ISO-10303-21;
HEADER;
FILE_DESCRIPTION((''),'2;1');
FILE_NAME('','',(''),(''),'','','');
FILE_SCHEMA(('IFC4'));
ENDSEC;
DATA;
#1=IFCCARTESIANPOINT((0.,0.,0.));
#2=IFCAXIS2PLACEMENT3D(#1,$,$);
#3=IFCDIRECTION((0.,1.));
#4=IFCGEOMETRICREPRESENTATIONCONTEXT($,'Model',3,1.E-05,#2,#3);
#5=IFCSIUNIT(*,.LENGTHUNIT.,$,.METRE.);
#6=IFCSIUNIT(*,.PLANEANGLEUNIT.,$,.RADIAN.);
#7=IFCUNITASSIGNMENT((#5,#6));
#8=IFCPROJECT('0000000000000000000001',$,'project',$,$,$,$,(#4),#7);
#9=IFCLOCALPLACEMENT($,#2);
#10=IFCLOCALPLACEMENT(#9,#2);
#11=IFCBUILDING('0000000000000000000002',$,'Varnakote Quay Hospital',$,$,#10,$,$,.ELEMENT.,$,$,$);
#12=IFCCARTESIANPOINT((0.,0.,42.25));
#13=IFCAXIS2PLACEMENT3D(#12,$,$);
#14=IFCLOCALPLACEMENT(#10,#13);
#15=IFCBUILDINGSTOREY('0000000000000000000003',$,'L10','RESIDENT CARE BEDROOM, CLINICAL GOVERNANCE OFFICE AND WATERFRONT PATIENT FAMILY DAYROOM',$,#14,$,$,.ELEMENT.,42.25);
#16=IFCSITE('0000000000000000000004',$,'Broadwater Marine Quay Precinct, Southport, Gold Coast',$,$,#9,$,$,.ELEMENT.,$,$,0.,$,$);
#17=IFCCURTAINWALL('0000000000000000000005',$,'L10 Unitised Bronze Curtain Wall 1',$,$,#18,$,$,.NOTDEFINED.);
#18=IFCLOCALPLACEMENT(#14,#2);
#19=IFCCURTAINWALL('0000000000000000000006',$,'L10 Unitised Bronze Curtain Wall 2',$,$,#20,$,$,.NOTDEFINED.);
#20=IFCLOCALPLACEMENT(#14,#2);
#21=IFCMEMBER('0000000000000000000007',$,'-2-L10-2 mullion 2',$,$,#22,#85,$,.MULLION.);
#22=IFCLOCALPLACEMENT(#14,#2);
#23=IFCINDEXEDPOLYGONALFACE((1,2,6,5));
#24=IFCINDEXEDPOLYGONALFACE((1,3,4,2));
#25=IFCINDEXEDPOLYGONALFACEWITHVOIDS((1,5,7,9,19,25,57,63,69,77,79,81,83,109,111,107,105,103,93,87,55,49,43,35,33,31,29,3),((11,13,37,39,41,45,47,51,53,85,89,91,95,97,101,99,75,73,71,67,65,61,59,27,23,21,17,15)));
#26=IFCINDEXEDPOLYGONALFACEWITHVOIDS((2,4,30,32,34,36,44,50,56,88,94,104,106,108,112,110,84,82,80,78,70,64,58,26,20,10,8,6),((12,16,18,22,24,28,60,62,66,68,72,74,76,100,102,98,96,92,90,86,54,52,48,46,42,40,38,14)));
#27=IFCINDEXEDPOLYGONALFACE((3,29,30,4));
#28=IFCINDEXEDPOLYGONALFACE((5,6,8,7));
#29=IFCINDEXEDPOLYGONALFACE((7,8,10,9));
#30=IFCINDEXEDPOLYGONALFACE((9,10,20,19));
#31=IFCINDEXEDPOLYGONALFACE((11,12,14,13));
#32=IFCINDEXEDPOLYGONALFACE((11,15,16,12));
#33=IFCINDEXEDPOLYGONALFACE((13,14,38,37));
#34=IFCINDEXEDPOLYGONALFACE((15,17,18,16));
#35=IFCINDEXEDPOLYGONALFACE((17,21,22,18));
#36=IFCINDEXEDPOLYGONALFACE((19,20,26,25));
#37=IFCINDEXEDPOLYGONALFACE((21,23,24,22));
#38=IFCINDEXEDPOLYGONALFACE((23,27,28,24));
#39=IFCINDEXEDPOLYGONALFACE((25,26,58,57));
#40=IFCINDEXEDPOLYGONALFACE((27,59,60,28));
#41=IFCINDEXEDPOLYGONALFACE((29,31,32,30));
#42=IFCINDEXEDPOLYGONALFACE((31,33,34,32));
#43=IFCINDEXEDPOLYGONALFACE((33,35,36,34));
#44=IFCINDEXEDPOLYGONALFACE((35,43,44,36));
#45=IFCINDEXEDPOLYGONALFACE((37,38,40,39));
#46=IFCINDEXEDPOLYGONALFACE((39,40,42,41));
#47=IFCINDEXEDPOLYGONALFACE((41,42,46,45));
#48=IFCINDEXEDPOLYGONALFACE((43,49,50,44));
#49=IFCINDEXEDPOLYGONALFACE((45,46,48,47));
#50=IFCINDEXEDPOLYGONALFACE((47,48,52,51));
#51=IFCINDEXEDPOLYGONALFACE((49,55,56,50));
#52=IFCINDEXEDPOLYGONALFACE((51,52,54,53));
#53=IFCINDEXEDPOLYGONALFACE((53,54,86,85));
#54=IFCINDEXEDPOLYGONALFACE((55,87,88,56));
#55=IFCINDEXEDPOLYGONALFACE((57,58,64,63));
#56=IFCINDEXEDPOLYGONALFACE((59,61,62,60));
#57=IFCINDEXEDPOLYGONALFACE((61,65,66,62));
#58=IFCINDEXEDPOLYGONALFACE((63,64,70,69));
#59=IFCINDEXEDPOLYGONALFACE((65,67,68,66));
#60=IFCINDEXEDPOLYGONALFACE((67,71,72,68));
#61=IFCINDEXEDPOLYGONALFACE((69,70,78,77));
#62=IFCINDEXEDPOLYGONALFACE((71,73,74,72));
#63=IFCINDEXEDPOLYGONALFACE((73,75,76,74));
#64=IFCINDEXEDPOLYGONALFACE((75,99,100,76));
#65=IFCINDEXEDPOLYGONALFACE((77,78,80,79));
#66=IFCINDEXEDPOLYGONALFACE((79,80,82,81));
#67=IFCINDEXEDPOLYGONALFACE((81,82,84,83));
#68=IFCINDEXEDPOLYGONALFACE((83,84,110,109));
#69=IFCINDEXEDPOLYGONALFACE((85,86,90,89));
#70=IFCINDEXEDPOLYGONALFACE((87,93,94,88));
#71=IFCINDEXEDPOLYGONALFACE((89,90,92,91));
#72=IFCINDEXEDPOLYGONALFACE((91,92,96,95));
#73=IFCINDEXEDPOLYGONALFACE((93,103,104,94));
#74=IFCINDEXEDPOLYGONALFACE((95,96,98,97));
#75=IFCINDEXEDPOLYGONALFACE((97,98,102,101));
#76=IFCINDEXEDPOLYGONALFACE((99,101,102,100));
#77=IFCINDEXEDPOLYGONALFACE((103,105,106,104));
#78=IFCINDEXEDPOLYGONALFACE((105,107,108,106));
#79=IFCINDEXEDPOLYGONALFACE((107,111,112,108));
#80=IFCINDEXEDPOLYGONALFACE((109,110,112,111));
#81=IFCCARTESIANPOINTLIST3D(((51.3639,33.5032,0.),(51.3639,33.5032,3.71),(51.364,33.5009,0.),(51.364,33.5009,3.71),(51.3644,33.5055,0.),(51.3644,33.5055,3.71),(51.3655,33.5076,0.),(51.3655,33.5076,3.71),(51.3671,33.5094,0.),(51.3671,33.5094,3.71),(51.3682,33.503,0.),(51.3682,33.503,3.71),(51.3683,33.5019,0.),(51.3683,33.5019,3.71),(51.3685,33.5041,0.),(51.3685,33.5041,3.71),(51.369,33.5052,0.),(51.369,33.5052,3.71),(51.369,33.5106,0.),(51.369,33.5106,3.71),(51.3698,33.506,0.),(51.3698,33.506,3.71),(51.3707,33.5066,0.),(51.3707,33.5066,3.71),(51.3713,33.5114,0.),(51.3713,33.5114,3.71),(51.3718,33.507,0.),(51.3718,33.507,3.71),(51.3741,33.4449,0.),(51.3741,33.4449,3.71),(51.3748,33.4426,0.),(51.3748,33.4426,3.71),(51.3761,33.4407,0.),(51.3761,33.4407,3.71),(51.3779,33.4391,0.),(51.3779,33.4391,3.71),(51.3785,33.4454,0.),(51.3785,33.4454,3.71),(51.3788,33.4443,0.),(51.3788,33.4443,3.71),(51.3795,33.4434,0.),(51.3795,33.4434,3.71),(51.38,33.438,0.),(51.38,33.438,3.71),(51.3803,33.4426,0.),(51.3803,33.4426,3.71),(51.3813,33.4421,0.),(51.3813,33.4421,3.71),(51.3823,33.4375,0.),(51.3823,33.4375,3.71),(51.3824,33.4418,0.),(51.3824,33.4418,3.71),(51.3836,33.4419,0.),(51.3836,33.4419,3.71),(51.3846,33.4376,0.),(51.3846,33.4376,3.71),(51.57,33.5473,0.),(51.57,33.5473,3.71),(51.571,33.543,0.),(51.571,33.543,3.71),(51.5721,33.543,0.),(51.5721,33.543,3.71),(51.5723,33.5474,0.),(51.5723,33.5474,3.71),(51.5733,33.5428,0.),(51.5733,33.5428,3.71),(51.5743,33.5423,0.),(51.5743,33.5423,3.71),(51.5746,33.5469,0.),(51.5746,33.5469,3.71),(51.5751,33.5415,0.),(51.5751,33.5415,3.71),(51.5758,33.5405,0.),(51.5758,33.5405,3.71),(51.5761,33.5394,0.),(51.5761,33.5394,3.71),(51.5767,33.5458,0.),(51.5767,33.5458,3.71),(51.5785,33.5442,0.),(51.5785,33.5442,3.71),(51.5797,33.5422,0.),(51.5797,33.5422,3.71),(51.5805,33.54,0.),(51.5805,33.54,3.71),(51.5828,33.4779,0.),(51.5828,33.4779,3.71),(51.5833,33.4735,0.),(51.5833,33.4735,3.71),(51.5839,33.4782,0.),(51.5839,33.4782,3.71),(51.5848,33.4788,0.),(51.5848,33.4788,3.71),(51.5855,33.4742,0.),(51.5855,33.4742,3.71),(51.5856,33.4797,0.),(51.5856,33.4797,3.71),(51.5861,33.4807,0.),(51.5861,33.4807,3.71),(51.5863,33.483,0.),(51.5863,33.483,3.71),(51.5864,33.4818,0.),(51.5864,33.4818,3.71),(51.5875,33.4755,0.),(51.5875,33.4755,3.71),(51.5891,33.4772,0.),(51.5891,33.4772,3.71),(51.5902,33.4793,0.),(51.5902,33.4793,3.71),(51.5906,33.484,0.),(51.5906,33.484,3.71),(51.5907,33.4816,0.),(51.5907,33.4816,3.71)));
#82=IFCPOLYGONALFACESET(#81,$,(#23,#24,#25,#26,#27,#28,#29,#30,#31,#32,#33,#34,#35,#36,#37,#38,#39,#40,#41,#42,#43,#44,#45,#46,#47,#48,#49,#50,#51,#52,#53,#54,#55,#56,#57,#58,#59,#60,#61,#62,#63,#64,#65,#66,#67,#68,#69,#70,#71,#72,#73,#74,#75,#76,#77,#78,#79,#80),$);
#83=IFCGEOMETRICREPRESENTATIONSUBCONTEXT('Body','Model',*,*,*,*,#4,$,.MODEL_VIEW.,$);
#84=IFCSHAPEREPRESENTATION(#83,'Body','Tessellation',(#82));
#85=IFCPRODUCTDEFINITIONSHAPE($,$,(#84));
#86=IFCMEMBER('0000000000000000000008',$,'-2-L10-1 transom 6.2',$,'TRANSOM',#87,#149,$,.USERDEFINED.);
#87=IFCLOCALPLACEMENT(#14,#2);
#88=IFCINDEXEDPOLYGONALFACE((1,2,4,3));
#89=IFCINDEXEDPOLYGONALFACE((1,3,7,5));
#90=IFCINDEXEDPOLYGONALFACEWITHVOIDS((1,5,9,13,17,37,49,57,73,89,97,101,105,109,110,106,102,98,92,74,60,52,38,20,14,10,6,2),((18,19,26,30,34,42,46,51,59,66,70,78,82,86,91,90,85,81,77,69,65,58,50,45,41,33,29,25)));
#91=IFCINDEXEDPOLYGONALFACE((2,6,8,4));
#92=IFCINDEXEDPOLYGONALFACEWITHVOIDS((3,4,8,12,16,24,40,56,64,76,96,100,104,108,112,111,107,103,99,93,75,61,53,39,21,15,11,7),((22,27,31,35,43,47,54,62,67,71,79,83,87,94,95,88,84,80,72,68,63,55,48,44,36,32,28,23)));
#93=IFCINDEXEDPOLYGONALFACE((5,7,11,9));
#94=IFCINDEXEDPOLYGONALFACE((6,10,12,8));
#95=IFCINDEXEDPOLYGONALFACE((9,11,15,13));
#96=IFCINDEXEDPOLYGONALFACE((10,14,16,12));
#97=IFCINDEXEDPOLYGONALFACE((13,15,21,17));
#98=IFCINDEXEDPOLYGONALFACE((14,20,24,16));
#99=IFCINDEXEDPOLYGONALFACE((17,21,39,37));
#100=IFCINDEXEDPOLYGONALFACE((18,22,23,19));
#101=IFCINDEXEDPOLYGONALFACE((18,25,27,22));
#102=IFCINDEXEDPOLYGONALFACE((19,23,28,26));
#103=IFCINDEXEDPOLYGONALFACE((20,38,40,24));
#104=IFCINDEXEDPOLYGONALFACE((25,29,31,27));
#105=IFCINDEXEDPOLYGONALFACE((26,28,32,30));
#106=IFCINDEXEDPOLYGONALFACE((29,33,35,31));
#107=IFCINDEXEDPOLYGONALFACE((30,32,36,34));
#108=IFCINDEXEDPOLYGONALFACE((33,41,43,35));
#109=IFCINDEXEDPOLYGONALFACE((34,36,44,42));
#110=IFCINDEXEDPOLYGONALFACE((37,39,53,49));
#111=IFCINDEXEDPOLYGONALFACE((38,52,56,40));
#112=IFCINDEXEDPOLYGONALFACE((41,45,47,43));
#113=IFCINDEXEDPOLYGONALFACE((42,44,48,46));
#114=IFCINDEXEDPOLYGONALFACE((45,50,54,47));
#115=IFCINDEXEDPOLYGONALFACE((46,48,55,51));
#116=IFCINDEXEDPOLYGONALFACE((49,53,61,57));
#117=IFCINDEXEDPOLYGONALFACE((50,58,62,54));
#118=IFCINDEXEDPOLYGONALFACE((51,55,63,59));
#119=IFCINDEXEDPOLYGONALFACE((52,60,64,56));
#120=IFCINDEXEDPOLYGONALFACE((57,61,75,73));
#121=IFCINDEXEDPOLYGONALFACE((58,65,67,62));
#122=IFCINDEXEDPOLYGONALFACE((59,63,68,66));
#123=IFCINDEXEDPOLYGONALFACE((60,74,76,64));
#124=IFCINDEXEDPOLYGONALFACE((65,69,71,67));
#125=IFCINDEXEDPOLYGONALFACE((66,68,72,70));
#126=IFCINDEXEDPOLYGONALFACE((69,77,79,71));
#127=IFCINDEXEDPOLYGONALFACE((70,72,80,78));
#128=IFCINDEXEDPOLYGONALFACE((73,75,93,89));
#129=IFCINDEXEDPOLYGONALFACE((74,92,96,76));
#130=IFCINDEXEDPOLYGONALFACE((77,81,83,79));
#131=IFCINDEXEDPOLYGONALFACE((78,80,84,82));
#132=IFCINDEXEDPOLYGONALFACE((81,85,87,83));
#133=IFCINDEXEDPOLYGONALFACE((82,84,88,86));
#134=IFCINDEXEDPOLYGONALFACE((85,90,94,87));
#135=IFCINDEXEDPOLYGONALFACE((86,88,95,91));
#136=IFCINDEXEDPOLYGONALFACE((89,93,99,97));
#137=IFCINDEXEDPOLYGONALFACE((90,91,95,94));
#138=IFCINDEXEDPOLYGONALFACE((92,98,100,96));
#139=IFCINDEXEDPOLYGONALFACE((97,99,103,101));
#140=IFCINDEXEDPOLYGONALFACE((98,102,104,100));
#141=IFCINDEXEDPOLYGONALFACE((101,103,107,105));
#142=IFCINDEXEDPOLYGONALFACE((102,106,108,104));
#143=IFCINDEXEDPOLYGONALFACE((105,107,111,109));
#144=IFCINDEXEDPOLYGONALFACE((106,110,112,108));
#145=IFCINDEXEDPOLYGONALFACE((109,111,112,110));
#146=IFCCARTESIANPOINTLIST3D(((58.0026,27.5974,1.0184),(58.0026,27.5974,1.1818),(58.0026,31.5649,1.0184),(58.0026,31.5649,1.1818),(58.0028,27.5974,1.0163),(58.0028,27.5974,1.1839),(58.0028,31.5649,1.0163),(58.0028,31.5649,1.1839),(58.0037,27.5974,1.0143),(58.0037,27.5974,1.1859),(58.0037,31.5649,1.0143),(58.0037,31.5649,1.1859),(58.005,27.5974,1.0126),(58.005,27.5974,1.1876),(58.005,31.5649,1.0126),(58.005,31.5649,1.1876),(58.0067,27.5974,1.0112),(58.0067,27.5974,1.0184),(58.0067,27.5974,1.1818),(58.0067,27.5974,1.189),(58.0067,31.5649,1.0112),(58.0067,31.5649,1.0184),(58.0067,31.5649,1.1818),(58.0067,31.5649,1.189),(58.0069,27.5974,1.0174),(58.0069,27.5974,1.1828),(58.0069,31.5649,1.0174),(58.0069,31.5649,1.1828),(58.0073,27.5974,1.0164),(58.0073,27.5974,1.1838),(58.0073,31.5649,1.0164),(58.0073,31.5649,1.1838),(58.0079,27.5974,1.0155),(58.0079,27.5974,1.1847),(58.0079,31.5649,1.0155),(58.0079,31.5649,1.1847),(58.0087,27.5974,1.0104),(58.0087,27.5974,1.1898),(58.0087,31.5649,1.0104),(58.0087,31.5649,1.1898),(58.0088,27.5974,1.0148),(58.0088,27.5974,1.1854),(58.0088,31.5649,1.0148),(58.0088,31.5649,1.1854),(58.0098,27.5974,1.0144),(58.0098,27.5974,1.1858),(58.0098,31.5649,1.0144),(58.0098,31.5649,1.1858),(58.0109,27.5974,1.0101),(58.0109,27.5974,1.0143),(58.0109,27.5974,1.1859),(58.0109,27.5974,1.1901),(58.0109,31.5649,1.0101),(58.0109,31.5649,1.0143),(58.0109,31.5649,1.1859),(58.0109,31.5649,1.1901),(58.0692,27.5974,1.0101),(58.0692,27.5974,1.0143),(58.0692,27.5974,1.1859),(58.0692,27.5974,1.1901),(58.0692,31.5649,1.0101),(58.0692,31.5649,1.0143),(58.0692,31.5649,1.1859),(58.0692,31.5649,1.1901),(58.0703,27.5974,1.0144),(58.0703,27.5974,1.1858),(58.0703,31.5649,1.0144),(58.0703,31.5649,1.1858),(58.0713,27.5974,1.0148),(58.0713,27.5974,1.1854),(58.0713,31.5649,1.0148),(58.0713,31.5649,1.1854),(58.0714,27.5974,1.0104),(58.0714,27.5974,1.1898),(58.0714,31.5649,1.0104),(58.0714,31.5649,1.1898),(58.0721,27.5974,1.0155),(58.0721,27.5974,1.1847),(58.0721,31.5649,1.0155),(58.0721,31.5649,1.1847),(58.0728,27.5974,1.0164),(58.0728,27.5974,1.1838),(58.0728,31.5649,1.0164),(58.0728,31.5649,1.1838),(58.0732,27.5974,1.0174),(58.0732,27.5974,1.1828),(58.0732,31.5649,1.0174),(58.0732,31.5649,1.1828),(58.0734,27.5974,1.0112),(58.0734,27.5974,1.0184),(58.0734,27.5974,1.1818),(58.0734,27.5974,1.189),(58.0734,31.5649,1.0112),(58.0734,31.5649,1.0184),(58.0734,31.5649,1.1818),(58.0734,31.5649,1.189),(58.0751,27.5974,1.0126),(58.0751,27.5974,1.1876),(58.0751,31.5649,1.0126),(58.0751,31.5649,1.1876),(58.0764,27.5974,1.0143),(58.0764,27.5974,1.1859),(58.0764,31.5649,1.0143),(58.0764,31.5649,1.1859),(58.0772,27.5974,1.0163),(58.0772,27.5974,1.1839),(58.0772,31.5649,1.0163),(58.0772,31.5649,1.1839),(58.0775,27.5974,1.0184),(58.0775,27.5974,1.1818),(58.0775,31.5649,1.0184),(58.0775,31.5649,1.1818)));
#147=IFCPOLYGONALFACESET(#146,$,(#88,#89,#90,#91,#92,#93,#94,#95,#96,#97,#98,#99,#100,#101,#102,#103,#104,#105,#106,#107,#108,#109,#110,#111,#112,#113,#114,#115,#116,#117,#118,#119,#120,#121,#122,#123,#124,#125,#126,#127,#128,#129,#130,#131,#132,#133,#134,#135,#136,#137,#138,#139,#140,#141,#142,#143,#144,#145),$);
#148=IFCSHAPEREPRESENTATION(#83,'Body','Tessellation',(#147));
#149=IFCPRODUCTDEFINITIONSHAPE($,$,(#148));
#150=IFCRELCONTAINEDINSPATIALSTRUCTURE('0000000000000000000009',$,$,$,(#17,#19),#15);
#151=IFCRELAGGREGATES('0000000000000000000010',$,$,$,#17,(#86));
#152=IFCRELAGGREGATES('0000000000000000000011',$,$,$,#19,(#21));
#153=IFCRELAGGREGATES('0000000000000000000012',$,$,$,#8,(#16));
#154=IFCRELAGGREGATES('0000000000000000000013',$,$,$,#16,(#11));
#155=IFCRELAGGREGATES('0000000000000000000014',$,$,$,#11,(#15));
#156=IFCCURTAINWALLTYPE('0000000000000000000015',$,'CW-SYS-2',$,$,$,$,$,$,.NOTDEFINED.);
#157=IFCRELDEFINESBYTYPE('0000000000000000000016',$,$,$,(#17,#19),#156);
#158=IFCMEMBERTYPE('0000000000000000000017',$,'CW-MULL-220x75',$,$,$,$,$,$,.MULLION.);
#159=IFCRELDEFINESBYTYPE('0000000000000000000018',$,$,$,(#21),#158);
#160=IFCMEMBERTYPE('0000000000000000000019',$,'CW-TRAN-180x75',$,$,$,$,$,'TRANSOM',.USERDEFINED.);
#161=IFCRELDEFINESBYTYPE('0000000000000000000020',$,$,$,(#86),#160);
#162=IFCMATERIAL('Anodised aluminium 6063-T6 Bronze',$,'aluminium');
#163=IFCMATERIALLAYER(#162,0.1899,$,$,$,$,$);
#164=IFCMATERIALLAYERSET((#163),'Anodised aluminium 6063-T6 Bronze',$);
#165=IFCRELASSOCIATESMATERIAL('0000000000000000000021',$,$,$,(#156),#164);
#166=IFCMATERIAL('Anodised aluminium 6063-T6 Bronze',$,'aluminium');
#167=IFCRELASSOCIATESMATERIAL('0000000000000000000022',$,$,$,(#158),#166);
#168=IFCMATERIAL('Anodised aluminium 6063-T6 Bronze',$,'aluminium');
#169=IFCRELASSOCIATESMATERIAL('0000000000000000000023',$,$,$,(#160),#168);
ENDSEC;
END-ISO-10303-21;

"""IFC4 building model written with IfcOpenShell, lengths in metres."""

from ifc_helpers import new_model, si_unit, direction, frame, origin, origin_2d, place, context, subcontext, project, spatial, hollow_rectangle, extrude, material, layer, layer_set, material_profile, profile_set, type_object, element, aggregate, save


model = new_model("IFC4")

# Units and contexts
model_context = context("Model", 3, precision=1e-05, world=origin(), true_north=direction((0.0, 1.0)))
body_context = subcontext(model_context, "Body", "Model", "MODEL_VIEW")
ifc_project = project(units=[si_unit("LENGTHUNIT", "METRE"), si_unit("PLANEANGLEUNIT", "RADIAN")], contexts=[model_context])

# Site, building, storey
site_placement = place(None, origin())
site = spatial("IfcSite", under=ifc_project, at=site_placement, Name="Broadwater Marine Quay Precinct, Southport, Gold Coast", CompositionType="ELEMENT", RefElevation=0.0)
building_placement = place(site_placement, origin())
building = spatial("IfcBuilding", under=site, at=building_placement, Name="Varnakote Quay Hospital", CompositionType="ELEMENT")
storey_placement = place(building_placement, frame((0.0, 0.0, 42.25)))
storey = spatial("IfcBuildingStorey", under=building, at=storey_placement, Name="L10", Description="RESIDENT CARE BEDROOM, CLINICAL GOVERNANCE OFFICE AND WATERFRONT PATIENT FAMILY DAYROOM", CompositionType="ELEMENT", Elevation=42.25)

# Curtain wall
ifc_material_1 = material(Name="Anodised aluminium 6063-T6 Bronze", Category="aluminium")
ifc_layer_1 = layer(ifc_material_1, 0.1899)
ifc_layer_set_1 = layer_set([ifc_layer_1], Name="Anodised aluminium 6063-T6 Bronze")
curtain_wall_type = type_object("IfcCurtainWallType", Name="CW-SYS-2", PredefinedType="NOTDEFINED", material=ifc_layer_set_1)
curtain_wall_1_placement = place(storey_placement, origin())
curtain_wall_1 = element("IfcCurtainWall", 1, at=curtain_wall_1_placement, inside=storey, type_object=curtain_wall_type, Name="L10 Unitised Bronze Curtain Wall 1", PredefinedType="NOTDEFINED")
ifc_material_2 = material(Name="Anodised aluminium 6063-T6 Bronze", Category="aluminium")
ifc_material_profile_1 = material_profile(ifc_material_2, hollow_rectangle(XDim=0.075, YDim=0.22, WallThickness=0.0044, InnerFilletRadius=0.0044, OuterFilletRadius=0.009, at=origin_2d()), Name="CW-MULL-220x75")
ifc_profile_set_1 = profile_set([ifc_material_profile_1], Name="Anodised aluminium 6063-T6 Bronze")
member_type_1 = type_object("IfcMemberType", Name="CW-MULL-220x75", PredefinedType="MULLION", material=ifc_profile_set_1)

# Curtain wall, member
curtain_wall_2_placement = place(storey_placement, origin())
curtain_wall_2 = element("IfcCurtainWall", 2, at=curtain_wall_2_placement, inside=storey, type_object=curtain_wall_type, Name="L10 Unitised Bronze Curtain Wall 2", PredefinedType="NOTDEFINED")
member_1_placement = place(storey_placement, frame((51.4773, 33.4924, 0.0), z_axis=(0.0, 0.0, 1.0), x_axis=(0.177846, -0.984058, 0.0)))
member_1 = element("IfcMember", 3, at=member_1_placement, type_object=member_type_1, Name="-2-L10-2 mullion 2", PredefinedType="MULLION", context=body_context, shape_type="SweptSolid", body=[
    extrude(hollow_rectangle(XDim=0.075, YDim=0.22, WallThickness=0.0044, InnerFilletRadius=0.0044, OuterFilletRadius=0.009, at=origin_2d()), origin(), (0.0, 0.0, 1.0), 3.71),
])

# Member
ifc_material_3 = material(Name="Anodised aluminium 6063-T6 Bronze", Category="aluminium")
ifc_material_profile_2 = material_profile(ifc_material_3, hollow_rectangle(XDim=0.075, YDim=0.1799, WallThickness=0.0042, InnerFilletRadius=0.0042, OuterFilletRadius=0.0083, at=origin_2d()), Name="CW-TRAN-180x75")
ifc_profile_set_2 = profile_set([ifc_material_profile_2], Name="Anodised aluminium 6063-T6 Bronze")
member_type_2 = type_object("IfcMemberType", Name="CW-TRAN-180x75", ElementType="TRANSOM", PredefinedType="USERDEFINED", material=ifc_profile_set_2)
member_2_placement = place(storey_placement, frame((58.04, 27.5974, 1.1001), z_axis=(0.0, 1.0, 0.0), x_axis=(-1.0, 0.0, 0.0)))
member_2 = element("IfcMember", 4, at=member_2_placement, type_object=member_type_2, Name="-2-L10-1 transom 6.2", ObjectType="TRANSOM", PredefinedType="USERDEFINED", context=body_context, shape_type="SweptSolid", body=[
    extrude(hollow_rectangle(XDim=0.075, YDim=0.1799, WallThickness=0.0042, InnerFilletRadius=0.0042, OuterFilletRadius=0.0083, at=origin_2d()), origin(), (0.0, 0.0, 1.0), 3.9675),
])

aggregate(curtain_wall_1, [member_2])
aggregate(curtain_wall_2, [member_1])

save(model, "model.ifc")
